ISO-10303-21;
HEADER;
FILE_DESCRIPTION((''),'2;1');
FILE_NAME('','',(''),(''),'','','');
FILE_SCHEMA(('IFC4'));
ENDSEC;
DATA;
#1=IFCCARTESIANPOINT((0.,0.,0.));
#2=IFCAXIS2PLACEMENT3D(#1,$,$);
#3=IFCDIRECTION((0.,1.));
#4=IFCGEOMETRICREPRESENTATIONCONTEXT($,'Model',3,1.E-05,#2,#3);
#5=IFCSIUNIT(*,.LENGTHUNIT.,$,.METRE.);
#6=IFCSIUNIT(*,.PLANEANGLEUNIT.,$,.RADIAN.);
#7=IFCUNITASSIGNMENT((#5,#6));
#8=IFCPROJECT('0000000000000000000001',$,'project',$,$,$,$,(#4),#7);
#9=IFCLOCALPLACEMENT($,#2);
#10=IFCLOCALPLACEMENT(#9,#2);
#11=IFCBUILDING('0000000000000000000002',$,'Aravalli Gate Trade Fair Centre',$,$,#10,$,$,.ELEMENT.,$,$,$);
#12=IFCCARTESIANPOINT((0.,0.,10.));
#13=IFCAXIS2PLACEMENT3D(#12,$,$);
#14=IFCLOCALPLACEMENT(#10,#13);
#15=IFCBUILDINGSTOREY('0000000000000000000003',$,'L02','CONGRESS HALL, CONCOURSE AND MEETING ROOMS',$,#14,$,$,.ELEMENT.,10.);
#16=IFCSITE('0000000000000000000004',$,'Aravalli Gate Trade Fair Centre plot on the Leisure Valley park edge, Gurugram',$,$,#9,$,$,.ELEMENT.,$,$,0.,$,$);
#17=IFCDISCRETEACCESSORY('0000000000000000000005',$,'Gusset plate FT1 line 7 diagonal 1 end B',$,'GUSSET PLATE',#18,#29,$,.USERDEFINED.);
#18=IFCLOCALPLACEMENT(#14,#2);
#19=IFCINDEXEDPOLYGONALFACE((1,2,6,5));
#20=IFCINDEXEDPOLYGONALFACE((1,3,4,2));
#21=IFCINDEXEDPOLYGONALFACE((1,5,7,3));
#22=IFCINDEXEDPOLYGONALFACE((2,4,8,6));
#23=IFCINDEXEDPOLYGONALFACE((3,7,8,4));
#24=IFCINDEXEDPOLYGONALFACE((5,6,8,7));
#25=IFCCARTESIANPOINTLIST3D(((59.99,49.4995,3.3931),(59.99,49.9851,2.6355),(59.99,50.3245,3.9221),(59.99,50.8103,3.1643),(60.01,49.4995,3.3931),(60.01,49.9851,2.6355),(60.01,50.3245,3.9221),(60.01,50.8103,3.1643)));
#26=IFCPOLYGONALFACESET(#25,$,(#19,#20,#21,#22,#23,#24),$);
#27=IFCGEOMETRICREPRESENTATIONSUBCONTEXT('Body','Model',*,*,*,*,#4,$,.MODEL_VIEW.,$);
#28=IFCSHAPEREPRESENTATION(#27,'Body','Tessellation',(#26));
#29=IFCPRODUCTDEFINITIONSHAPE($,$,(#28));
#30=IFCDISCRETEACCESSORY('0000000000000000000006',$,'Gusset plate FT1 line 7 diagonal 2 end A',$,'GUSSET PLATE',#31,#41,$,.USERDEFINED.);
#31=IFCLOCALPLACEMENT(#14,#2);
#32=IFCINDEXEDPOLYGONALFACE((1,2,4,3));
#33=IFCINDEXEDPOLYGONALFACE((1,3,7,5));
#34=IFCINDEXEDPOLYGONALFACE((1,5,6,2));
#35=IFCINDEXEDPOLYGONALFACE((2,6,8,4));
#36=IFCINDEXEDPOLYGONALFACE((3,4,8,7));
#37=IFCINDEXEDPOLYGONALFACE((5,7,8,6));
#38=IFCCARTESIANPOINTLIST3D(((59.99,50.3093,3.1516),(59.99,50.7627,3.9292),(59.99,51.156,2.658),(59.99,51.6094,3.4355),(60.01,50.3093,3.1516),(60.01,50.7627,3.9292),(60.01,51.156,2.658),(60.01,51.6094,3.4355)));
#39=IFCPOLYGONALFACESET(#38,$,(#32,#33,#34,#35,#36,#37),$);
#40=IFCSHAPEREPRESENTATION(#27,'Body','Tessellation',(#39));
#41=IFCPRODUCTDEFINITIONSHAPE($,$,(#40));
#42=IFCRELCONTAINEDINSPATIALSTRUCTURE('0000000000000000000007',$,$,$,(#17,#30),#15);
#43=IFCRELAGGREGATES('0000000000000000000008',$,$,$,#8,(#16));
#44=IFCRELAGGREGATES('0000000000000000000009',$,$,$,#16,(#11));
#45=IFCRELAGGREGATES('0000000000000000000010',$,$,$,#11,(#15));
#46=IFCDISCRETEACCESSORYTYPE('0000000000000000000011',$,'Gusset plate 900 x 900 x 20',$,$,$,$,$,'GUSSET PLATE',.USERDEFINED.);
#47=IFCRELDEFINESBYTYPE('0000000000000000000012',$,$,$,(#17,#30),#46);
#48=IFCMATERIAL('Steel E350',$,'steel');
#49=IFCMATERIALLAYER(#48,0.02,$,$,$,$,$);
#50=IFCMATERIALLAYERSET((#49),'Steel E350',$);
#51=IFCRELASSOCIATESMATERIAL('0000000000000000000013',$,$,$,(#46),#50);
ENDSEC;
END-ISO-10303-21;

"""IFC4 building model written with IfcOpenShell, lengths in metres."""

from ifc_helpers import new_model, si_unit, direction, frame, origin, place, context, subcontext, project, spatial, polyline, outline, extrude, material, layer, layer_set, type_object, element, save


model = new_model("IFC4")

# Units and contexts
model_context = context("Model", 3, precision=1e-05, world=origin(), true_north=direction((0.0, 1.0)))
body_context = subcontext(model_context, "Body", "Model", "MODEL_VIEW")
ifc_project = project(units=[si_unit("LENGTHUNIT", "METRE"), si_unit("PLANEANGLEUNIT", "RADIAN")], contexts=[model_context])

# Site, building, storey
site_placement = place(None, origin())
site = spatial("IfcSite", under=ifc_project, at=site_placement, Name="Aravalli Gate Trade Fair Centre plot on the Leisure Valley park edge, Gurugram", CompositionType="ELEMENT", RefElevation=0.0)
building_placement = place(site_placement, origin())
building = spatial("IfcBuilding", under=site, at=building_placement, Name="Aravalli Gate Trade Fair Centre", CompositionType="ELEMENT")
storey_placement = place(building_placement, frame((0.0, 0.0, 10.0)))
storey = spatial("IfcBuildingStorey", under=building, at=storey_placement, Name="L02", Description="CONGRESS HALL, CONCOURSE AND MEETING ROOMS", CompositionType="ELEMENT", Elevation=10.0)

# Shared definitions
ifc_material_1 = material(Name="Steel E350", Category="steel")

# Discrete accessories
ifc_layer = layer(ifc_material_1, 0.02)
ifc_layer_set = layer_set([ifc_layer], Name="Steel E350")
discrete_accessory_type = type_object("IfcDiscreteAccessoryType", Name="Gusset plate 900 x 900 x 20", ElementType="GUSSET PLATE", PredefinedType="USERDEFINED", material=ifc_layer_set)
discrete_accessory_1_placement = place(storey_placement, frame((59.99, 49.4995, 3.3931), z_axis=(-1.0, 0.0, 0.0), x_axis=(0.0, 0.841769, 0.539838)))
element("IfcDiscreteAccessory", 1, at=discrete_accessory_1_placement, inside=storey, type_object=discrete_accessory_type, Name="Gusset plate FT1 line 7 diagonal 1 end B", ObjectType="GUSSET PLATE", PredefinedType="USERDEFINED", context=body_context, shape_type="SweptSolid", body=[
    extrude(outline(polyline([(0.0, 0.0), (0.98, 0.0), (0.9799, 0.9002), (-0.0002, 0.8998), (0.0, 0.0)])), origin(), (0.0, 0.0, -1.0), 0.02),
])
discrete_accessory_2_placement = place(storey_placement, frame((59.99, 51.156, 2.658), z_axis=(-1.0, 0.0, 0.0), x_axis=(0.0, -0.863887, 0.503685)))
element("IfcDiscreteAccessory", 2, at=discrete_accessory_2_placement, inside=storey, type_object=discrete_accessory_type, Name="Gusset plate FT1 line 7 diagonal 2 end A", ObjectType="GUSSET PLATE", PredefinedType="USERDEFINED", context=body_context, shape_type="SweptSolid", body=[
    extrude(outline(polyline([(0.0, 0.0), (0.9801, 0.0), (0.9801, 0.9001), (0.0, 0.9001), (0.0, 0.0)])), origin(), (0.0, 0.0, -1.0), 0.02),
])

save(model, "model.ifc")
